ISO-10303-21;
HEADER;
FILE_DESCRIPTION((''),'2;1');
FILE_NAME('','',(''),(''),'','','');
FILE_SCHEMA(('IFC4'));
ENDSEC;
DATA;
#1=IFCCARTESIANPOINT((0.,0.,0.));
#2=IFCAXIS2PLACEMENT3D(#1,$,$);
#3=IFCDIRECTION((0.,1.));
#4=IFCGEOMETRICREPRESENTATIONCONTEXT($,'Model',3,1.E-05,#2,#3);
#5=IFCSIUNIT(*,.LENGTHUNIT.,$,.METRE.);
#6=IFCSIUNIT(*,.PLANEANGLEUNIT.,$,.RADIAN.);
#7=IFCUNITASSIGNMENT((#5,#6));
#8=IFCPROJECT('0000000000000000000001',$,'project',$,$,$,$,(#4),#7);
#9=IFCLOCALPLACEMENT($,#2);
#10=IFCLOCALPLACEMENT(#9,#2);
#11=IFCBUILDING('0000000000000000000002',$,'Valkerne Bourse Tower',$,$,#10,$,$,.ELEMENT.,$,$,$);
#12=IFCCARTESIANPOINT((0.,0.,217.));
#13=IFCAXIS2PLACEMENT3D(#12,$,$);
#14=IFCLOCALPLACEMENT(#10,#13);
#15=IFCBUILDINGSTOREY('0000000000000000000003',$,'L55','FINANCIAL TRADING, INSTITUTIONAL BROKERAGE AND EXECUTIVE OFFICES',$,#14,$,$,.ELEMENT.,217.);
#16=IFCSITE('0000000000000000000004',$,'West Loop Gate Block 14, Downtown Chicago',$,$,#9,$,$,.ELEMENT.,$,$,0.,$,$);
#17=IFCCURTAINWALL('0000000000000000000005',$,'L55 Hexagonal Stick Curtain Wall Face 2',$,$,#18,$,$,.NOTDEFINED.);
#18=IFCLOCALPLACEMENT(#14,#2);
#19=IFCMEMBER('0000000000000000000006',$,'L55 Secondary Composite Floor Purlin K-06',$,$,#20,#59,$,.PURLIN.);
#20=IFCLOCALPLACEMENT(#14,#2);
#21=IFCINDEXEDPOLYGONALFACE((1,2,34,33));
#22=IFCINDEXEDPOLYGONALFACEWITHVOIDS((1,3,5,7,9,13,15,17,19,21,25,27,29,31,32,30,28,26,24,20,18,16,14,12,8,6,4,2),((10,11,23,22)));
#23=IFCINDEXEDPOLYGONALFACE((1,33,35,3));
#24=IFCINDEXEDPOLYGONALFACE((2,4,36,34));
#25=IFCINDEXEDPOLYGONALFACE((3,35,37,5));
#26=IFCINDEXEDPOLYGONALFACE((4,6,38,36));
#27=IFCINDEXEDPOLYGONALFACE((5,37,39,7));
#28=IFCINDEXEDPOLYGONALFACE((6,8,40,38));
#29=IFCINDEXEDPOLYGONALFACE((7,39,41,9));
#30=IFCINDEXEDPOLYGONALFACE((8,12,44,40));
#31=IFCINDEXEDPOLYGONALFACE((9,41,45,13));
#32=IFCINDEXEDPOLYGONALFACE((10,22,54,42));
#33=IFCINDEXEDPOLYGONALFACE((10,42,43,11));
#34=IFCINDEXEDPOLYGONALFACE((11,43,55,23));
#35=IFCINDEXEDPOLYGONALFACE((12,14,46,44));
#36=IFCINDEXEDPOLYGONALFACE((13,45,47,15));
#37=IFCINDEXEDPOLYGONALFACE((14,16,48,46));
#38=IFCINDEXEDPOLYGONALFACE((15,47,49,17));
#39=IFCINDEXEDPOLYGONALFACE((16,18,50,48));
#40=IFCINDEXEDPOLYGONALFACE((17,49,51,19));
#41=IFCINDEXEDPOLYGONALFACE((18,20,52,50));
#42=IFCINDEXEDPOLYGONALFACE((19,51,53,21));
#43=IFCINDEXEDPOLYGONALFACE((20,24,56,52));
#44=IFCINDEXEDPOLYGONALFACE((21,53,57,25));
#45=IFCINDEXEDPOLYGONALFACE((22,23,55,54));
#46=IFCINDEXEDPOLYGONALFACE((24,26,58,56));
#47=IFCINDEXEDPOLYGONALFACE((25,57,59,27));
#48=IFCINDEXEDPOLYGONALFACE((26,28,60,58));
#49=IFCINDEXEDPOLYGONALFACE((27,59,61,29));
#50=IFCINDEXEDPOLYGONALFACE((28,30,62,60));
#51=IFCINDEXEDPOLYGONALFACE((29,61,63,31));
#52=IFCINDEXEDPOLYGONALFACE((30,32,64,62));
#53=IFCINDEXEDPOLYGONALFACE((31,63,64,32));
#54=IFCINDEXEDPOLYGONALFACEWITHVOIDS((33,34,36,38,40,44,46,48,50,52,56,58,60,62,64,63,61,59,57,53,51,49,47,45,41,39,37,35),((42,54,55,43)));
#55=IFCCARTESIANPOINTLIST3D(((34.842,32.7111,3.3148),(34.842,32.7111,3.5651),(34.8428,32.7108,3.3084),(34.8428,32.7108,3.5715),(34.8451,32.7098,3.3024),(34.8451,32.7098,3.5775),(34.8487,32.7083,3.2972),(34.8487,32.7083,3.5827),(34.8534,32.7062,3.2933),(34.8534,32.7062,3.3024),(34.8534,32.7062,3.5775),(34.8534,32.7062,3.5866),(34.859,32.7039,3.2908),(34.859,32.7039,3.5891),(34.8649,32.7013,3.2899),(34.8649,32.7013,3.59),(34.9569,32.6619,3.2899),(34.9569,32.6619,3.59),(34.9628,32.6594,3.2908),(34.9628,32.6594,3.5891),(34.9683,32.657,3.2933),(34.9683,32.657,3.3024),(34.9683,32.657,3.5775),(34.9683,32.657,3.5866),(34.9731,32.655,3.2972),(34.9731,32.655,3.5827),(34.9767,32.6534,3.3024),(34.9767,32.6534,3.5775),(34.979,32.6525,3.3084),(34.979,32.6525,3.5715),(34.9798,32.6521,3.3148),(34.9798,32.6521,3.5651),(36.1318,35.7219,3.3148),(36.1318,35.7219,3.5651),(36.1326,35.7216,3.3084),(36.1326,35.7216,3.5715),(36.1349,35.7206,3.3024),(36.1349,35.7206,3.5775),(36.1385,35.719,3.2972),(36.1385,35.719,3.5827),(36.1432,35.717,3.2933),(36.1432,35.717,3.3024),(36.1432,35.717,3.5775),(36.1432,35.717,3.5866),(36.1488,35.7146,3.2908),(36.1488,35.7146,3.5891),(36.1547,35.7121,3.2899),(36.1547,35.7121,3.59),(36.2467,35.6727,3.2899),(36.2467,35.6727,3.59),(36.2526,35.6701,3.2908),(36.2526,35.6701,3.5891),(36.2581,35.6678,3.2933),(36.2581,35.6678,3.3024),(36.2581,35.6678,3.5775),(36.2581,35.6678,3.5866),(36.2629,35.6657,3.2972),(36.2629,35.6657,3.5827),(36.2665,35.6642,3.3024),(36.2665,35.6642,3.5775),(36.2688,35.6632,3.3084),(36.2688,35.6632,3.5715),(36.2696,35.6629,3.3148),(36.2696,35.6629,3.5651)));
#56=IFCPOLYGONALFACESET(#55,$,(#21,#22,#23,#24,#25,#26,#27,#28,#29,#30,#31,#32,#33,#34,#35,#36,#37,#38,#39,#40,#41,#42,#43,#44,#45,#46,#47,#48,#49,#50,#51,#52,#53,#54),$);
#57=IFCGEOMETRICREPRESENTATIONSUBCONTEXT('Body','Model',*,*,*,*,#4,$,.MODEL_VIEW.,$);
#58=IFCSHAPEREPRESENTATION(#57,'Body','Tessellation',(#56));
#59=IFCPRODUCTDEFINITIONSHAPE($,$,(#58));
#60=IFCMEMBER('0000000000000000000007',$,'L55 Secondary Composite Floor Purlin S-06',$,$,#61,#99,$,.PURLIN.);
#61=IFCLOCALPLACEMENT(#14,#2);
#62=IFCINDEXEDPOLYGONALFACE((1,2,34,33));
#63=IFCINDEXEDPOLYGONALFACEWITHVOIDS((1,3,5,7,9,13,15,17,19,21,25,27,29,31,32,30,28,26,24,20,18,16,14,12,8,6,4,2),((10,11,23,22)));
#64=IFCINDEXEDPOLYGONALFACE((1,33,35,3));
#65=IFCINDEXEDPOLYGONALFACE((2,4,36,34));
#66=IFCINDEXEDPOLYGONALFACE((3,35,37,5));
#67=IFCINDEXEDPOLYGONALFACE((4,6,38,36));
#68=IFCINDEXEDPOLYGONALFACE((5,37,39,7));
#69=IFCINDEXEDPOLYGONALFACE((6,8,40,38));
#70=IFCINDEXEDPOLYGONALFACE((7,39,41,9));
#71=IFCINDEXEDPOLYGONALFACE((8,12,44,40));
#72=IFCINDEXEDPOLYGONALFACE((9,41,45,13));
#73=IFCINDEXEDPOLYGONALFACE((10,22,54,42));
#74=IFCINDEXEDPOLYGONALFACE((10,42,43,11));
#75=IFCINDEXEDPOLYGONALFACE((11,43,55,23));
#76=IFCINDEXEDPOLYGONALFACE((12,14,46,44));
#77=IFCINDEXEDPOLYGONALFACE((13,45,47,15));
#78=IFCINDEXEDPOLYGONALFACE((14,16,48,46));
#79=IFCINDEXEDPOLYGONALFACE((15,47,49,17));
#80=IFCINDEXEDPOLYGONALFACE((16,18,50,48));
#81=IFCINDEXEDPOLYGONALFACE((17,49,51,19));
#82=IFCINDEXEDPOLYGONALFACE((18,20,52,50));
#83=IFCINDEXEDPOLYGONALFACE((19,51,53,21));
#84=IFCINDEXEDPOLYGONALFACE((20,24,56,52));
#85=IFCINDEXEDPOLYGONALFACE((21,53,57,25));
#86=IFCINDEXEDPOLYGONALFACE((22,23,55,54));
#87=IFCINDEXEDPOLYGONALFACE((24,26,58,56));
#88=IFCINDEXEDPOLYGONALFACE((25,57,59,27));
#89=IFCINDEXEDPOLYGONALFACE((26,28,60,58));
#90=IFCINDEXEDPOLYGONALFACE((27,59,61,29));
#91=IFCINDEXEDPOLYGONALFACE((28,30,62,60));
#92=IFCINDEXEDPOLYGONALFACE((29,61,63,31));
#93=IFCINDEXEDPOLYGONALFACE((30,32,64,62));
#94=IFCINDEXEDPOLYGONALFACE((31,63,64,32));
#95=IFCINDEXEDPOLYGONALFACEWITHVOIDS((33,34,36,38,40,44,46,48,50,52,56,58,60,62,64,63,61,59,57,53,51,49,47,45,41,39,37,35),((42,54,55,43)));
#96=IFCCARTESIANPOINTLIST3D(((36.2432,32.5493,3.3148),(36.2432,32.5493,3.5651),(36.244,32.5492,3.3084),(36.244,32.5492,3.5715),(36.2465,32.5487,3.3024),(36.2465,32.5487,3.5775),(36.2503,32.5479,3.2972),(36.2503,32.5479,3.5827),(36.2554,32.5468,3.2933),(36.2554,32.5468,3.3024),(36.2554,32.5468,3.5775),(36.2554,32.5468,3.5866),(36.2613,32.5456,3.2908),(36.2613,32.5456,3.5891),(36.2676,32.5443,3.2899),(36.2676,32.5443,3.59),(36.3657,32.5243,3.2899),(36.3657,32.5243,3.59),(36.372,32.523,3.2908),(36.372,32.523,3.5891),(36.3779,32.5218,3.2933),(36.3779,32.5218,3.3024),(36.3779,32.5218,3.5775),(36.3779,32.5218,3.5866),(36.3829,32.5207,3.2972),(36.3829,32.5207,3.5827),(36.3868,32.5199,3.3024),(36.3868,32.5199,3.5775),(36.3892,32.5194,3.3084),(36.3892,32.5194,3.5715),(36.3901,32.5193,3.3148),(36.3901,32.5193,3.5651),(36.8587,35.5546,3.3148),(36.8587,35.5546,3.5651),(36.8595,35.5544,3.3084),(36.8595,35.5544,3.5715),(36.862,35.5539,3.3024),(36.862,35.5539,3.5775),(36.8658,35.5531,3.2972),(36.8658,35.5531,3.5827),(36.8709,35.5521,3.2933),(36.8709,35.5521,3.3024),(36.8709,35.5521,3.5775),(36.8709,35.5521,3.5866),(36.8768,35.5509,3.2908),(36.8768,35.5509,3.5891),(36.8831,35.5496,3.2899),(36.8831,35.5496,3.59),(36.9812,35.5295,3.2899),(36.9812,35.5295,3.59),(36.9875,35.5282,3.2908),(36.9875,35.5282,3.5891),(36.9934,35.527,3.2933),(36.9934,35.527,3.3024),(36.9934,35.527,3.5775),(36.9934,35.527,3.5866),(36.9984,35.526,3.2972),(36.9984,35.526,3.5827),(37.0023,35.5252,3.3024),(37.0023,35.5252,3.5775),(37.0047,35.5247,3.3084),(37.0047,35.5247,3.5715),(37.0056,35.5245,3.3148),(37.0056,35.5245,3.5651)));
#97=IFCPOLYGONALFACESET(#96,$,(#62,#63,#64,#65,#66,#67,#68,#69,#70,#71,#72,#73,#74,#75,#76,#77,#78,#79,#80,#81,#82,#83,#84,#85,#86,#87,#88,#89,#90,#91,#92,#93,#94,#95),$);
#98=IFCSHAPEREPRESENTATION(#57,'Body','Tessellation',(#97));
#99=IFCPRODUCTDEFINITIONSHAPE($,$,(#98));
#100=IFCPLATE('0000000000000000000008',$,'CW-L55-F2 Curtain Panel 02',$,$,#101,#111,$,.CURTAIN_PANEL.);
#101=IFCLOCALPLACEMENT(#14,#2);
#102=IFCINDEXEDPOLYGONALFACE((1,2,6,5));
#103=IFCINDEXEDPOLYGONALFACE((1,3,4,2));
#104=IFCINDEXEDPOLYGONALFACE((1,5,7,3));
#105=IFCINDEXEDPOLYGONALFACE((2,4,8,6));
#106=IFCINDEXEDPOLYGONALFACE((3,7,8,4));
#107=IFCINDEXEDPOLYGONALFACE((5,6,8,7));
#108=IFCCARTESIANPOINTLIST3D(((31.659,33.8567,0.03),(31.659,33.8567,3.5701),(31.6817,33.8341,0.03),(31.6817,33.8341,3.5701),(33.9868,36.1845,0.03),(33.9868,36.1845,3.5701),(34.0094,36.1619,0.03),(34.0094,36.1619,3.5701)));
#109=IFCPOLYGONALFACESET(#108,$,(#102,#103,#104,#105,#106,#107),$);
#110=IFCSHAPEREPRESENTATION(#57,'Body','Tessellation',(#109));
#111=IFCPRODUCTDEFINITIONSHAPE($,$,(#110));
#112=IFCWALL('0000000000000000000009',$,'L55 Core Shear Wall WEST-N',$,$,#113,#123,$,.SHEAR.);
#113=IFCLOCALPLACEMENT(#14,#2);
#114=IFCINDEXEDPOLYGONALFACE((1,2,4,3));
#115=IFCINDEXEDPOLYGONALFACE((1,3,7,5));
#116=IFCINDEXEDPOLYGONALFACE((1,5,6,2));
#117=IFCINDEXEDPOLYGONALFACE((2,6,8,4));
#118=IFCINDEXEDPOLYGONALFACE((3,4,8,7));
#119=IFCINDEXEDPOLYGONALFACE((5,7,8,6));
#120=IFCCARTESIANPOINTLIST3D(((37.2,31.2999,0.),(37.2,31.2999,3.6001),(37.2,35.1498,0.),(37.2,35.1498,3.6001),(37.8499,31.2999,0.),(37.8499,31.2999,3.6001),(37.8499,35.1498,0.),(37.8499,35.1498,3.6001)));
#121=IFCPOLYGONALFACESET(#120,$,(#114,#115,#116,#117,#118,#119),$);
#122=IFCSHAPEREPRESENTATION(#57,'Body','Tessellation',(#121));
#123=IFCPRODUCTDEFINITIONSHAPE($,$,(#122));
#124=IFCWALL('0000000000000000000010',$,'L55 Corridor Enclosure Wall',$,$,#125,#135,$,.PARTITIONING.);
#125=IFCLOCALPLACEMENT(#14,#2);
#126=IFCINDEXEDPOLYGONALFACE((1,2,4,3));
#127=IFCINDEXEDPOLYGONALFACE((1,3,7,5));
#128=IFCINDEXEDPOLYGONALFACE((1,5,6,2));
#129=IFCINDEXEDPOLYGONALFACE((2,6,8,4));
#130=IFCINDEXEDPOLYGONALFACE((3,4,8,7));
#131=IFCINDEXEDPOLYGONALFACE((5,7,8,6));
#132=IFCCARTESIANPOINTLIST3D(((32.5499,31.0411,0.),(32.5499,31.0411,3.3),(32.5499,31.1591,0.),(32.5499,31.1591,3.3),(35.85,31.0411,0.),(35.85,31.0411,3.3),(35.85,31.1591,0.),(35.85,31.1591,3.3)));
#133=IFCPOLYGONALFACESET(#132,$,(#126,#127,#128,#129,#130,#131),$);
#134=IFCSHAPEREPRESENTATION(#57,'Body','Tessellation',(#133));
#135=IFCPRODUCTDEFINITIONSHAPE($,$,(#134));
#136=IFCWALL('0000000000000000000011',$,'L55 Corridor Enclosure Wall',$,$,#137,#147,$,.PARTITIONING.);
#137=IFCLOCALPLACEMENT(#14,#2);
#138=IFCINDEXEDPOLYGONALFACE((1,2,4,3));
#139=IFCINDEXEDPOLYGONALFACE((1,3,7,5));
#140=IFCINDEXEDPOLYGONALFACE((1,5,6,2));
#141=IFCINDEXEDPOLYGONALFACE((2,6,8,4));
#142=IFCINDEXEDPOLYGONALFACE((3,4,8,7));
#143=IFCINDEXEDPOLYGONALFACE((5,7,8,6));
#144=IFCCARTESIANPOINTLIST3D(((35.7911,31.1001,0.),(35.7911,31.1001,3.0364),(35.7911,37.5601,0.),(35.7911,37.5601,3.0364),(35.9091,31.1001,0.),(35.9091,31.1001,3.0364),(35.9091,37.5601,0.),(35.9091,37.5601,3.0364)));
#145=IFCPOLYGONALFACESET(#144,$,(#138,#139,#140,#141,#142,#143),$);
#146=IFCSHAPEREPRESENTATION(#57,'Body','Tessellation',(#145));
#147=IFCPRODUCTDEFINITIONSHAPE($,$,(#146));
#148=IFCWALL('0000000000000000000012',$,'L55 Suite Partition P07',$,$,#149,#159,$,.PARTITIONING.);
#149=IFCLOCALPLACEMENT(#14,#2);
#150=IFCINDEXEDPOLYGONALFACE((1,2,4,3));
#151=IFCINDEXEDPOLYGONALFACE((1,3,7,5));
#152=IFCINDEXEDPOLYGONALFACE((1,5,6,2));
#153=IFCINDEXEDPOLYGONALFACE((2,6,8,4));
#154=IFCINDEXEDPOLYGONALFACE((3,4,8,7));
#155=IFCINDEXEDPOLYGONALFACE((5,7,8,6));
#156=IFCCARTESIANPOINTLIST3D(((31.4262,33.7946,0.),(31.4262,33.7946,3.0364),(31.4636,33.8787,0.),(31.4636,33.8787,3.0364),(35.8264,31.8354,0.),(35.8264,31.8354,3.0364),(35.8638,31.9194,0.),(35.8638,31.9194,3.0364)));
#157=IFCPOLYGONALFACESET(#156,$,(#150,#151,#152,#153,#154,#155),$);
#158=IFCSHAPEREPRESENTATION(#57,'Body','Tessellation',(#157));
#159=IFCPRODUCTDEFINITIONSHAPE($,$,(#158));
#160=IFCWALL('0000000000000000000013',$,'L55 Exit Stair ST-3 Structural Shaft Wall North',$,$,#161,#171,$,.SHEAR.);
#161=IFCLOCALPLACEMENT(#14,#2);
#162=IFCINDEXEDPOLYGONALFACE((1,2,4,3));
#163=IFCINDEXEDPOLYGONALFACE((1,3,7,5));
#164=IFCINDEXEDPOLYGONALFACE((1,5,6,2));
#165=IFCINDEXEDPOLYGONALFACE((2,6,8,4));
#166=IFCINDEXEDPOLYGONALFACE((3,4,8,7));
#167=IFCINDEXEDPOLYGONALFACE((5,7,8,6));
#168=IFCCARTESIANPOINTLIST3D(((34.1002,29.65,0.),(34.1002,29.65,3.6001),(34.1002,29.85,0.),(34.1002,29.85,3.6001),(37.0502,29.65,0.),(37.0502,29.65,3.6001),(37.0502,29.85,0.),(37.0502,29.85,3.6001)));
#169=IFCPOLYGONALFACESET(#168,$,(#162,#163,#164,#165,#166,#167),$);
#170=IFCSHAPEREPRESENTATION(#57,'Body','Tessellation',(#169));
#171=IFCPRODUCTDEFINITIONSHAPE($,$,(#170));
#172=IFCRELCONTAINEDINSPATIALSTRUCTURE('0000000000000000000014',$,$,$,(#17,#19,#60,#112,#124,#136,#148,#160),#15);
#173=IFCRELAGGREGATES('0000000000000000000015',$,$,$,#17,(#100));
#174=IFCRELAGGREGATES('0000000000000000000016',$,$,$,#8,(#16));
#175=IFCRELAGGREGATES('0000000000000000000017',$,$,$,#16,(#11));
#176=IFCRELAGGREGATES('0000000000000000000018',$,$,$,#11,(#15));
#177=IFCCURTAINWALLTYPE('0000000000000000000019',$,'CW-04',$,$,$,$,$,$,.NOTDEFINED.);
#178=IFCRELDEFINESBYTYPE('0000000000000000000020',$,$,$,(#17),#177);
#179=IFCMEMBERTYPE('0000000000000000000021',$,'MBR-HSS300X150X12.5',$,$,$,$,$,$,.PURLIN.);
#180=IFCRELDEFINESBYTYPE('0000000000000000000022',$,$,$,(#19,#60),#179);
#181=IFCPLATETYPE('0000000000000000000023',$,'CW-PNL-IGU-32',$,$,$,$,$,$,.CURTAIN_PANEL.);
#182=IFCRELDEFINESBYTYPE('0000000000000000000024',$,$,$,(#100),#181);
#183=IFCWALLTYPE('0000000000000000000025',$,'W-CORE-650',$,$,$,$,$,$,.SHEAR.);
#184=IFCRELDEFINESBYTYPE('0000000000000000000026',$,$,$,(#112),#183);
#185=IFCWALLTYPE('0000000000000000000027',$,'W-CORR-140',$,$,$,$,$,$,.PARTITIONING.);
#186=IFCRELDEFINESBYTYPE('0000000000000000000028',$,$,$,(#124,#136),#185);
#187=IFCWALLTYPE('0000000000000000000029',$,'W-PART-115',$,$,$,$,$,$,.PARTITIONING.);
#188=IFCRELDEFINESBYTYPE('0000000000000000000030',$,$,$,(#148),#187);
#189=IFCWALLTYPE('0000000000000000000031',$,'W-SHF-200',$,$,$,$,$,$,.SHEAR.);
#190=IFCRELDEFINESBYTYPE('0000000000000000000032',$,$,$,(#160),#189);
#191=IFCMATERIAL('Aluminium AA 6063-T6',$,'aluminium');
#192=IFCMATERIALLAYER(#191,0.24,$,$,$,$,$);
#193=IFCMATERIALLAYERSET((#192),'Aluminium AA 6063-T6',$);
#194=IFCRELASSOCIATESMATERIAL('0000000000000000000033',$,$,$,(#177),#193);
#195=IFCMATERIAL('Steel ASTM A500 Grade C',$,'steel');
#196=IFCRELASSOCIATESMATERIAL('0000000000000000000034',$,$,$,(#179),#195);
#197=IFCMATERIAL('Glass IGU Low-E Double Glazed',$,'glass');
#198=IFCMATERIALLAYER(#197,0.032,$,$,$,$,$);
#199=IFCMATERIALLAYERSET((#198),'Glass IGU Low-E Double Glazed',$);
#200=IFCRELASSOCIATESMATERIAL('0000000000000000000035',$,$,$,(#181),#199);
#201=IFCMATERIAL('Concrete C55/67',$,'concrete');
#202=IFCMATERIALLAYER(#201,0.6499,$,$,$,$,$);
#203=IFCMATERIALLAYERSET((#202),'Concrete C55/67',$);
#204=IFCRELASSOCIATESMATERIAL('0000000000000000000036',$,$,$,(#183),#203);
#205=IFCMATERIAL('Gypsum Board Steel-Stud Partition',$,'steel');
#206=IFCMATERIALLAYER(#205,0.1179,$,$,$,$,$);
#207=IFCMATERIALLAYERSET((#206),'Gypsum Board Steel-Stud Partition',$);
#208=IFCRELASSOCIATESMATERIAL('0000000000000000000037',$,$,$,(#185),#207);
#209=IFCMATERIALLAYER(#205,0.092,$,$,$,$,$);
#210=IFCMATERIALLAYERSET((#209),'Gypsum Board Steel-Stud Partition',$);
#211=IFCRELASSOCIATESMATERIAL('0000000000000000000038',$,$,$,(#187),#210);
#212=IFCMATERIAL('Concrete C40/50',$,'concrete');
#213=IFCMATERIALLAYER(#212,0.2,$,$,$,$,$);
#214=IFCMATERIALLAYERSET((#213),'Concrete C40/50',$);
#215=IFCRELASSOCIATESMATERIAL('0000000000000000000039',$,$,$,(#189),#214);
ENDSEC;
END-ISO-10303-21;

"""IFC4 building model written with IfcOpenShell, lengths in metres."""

from ifc_helpers import new_model, si_unit, direction, frame, frame_2d, origin, origin_2d, place, context, subcontext, project, spatial, rectangle, hollow_rectangle, extrude, material, layer, layer_set, material_profile, profile_set, type_object, element, aggregate, save


model = new_model("IFC4")

# Units and contexts
model_context = context("Model", 3, precision=1e-05, world=origin(), true_north=direction((0.0, 1.0)))
body_context = subcontext(model_context, "Body", "Model", "MODEL_VIEW")
ifc_project = project(units=[si_unit("LENGTHUNIT", "METRE"), si_unit("PLANEANGLEUNIT", "RADIAN")], contexts=[model_context])

# Site, building, storey
site_placement = place(None, origin())
site = spatial("IfcSite", under=ifc_project, at=site_placement, Name="West Loop Gate Block 14, Downtown Chicago", CompositionType="ELEMENT", RefElevation=0.0)
building_placement = place(site_placement, origin())
building = spatial("IfcBuilding", under=site, at=building_placement, Name="Valkerne Bourse Tower", CompositionType="ELEMENT")
storey_placement = place(building_placement, frame((0.0, 0.0, 217.0)))
storey = spatial("IfcBuildingStorey", under=building, at=storey_placement, Name="L55", Description="FINANCIAL TRADING, INSTITUTIONAL BROKERAGE AND EXECUTIVE OFFICES", CompositionType="ELEMENT", Elevation=217.0)

# Curtain wall
ifc_material_1 = material(Name="Aluminium AA 6063-T6", Category="aluminium")
ifc_layer_1 = layer(ifc_material_1, 0.24)
ifc_layer_set_1 = layer_set([ifc_layer_1], Name="Aluminium AA 6063-T6")
curtain_wall_type = type_object("IfcCurtainWallType", Name="CW-04", PredefinedType="NOTDEFINED", material=ifc_layer_set_1)
curtain_wall_1_placement = place(storey_placement, origin())
curtain_wall_1 = element("IfcCurtainWall", 1, at=curtain_wall_1_placement, inside=storey, type_object=curtain_wall_type, Name="L55 Hexagonal Stick Curtain Wall Face 2", PredefinedType="NOTDEFINED")

# Members
ifc_material_2 = material(Name="Steel ASTM A500 Grade C", Category="steel")
ifc_material_profile_1 = material_profile(ifc_material_2, hollow_rectangle(XDim=0.1499, YDim=0.3, WallThickness=0.0125, OuterFilletRadius=0.0249, at=origin_2d()), Name="HSS300X150X12.5")
ifc_profile_set_1 = profile_set([ifc_material_profile_1], Name="Steel ASTM A500 Grade C")
member_type_1 = type_object("IfcMemberType", Name="MBR-HSS300X150X12.5", PredefinedType="PURLIN", material=ifc_profile_set_1)
member_1_placement = place(storey_placement, frame((36.2007, 35.6924, 3.4399), z_axis=(-0.393784, -0.919203, 0.0), x_axis=(0.919203, -0.393784, 0.0)))
element("IfcMember", 2, at=member_1_placement, inside=storey, type_object=member_type_1, Name="L55 Secondary Composite Floor Purlin K-06", PredefinedType="PURLIN", context=body_context, shape_type="SweptSolid", body=[
    extrude(hollow_rectangle(XDim=0.1499, YDim=0.3, WallThickness=0.0125, OuterFilletRadius=0.0249, at=origin_2d()), origin(), (0.0, 0.0, 1.0), 3.2754),
])
member_2_placement = place(storey_placement, frame((36.9321, 35.5396, 3.4399), z_axis=(-0.200645, -0.979664, 0.0), x_axis=(0.979664, -0.200645, 0.0)))
element("IfcMember", 3, at=member_2_placement, inside=storey, type_object=member_type_1, Name="L55 Secondary Composite Floor Purlin S-06", PredefinedType="PURLIN", context=body_context, shape_type="SweptSolid", body=[
    extrude(hollow_rectangle(XDim=0.1499, YDim=0.3, WallThickness=0.0125, OuterFilletRadius=0.0249, at=origin_2d()), origin(), (0.0, 0.0, 1.0), 3.0676),
])

# Plate
ifc_material_3 = material(Name="Glass IGU Low-E Double Glazed", Category="glass")
ifc_layer_2 = layer(ifc_material_3, 0.032)
ifc_layer_set_2 = layer_set([ifc_layer_2], Name="Glass IGU Low-E Double Glazed")
plate_type = type_object("IfcPlateType", Name="CW-PNL-IGU-32", PredefinedType="CURTAIN_PANEL", material=ifc_layer_set_2)
plate_placement = place(storey_placement, frame((32.8342, 35.0093, 0.03), z_axis=(0.0, 0.0, 1.0), x_axis=(-0.707095, -0.707119, 0.0)))
plate = element("IfcPlate", 4, at=plate_placement, type_object=plate_type, Name="CW-L55-F2 Curtain Panel 02", PredefinedType="CURTAIN_PANEL", context=body_context, shape_type="SweptSolid", body=[
    extrude(rectangle(XDim=3.292, YDim=0.032, at=origin_2d()), origin(), (0.0, 0.0, 1.0), 3.54),
])
aggregate(curtain_wall_1, [plate])

# Shared definitions
ifc_material_4 = material(Name="Concrete C55/67", Category="concrete")
ifc_layer_3 = layer(ifc_material_4, 0.6499)
ifc_layer_set_3 = layer_set([ifc_layer_3], Name="Concrete C55/67")
wall_type_1 = type_object("IfcWallType", Name="W-CORE-650", PredefinedType="SHEAR", material=ifc_layer_set_3)

# Walls
wall_1_placement = place(storey_placement, frame((37.5249, 31.3, 0.0), z_axis=(0.0, 0.0, 1.0), x_axis=(0.0, 1.0, 0.0)))
element("IfcWall", 5, at=wall_1_placement, inside=storey, type_object=wall_type_1, Name="L55 Core Shear Wall WEST-N", PredefinedType="SHEAR", context=body_context, shape_type="SweptSolid", body=[
    extrude(rectangle(XDim=3.8499, YDim=0.6499, at=frame_2d((1.9248, 0.0))), origin(), (0.0, 0.0, 1.0), 3.6001),
])
ifc_material_5 = material(Name="Gypsum Board Steel-Stud Partition", Category="steel")
ifc_layer_4 = layer(ifc_material_5, 0.1179)
ifc_layer_set_4 = layer_set([ifc_layer_4], Name="Gypsum Board Steel-Stud Partition")
wall_type_2 = type_object("IfcWallType", Name="W-CORR-140", PredefinedType="PARTITIONING", material=ifc_layer_set_4)
wall_2_placement = place(storey_placement, frame((32.55, 31.1001, 0.0), z_axis=(0.0, 0.0, 1.0), x_axis=(1.0, 0.0, 0.0)))
element("IfcWall", 6, at=wall_2_placement, inside=storey, type_object=wall_type_2, Name="L55 Corridor Enclosure Wall", PredefinedType="PARTITIONING", context=body_context, shape_type="SweptSolid", body=[
    extrude(rectangle(XDim=3.3, YDim=0.1179, at=frame_2d((1.6499, 0.0))), origin(), (0.0, 0.0, 1.0), 3.3),
])
wall_3_placement = place(storey_placement, frame((35.8501, 31.1001, 0.0), z_axis=(0.0, 0.0, 1.0), x_axis=(0.0, 1.0, 0.0)))
element("IfcWall", 7, at=wall_3_placement, inside=storey, type_object=wall_type_2, Name="L55 Corridor Enclosure Wall", PredefinedType="PARTITIONING", context=body_context, shape_type="SweptSolid", body=[
    extrude(rectangle(XDim=6.46, YDim=0.1179, at=frame_2d((3.23, 0.0))), origin(), (0.0, 0.0, 1.0), 3.0364),
])
ifc_layer_5 = layer(ifc_material_5, 0.092)
ifc_layer_set_5 = layer_set([ifc_layer_5], Name="Gypsum Board Steel-Stud Partition")
wall_type_3 = type_object("IfcWallType", Name="W-PART-115", PredefinedType="PARTITIONING", material=ifc_layer_set_5)
wall_4_placement = place(storey_placement, frame((35.845, 31.8774, 0.0), z_axis=(0.0, 0.0, 1.0), x_axis=(-0.913533, 0.406764, 0.0)))
element("IfcWall", 8, at=wall_4_placement, inside=storey, type_object=wall_type_3, Name="L55 Suite Partition P07", PredefinedType="PARTITIONING", context=body_context, shape_type="SweptSolid", body=[
    extrude(rectangle(XDim=4.8167, YDim=0.092, at=frame_2d((2.4082, 0.0))), origin(), (0.0, 0.0, 1.0), 3.0364),
])
ifc_material_6 = material(Name="Concrete C40/50", Category="concrete")
ifc_layer_6 = layer(ifc_material_6, 0.2)
ifc_layer_set_6 = layer_set([ifc_layer_6], Name="Concrete C40/50")
wall_type_4 = type_object("IfcWallType", Name="W-SHF-200", PredefinedType="SHEAR", material=ifc_layer_set_6)
wall_5_placement = place(storey_placement, frame((34.1001, 29.75, 0.0), z_axis=(0.0, 0.0, 1.0), x_axis=(1.0, 0.0, 0.0)))
element("IfcWall", 9, at=wall_5_placement, inside=storey, type_object=wall_type_4, Name="L55 Exit Stair ST-3 Structural Shaft Wall North", PredefinedType="SHEAR", context=body_context, shape_type="SweptSolid", body=[
    extrude(rectangle(XDim=2.95, YDim=0.2, at=frame_2d((1.4751, 0.0))), origin(), (0.0, 0.0, 1.0), 3.6001),
])

save(model, "model.ifc")
